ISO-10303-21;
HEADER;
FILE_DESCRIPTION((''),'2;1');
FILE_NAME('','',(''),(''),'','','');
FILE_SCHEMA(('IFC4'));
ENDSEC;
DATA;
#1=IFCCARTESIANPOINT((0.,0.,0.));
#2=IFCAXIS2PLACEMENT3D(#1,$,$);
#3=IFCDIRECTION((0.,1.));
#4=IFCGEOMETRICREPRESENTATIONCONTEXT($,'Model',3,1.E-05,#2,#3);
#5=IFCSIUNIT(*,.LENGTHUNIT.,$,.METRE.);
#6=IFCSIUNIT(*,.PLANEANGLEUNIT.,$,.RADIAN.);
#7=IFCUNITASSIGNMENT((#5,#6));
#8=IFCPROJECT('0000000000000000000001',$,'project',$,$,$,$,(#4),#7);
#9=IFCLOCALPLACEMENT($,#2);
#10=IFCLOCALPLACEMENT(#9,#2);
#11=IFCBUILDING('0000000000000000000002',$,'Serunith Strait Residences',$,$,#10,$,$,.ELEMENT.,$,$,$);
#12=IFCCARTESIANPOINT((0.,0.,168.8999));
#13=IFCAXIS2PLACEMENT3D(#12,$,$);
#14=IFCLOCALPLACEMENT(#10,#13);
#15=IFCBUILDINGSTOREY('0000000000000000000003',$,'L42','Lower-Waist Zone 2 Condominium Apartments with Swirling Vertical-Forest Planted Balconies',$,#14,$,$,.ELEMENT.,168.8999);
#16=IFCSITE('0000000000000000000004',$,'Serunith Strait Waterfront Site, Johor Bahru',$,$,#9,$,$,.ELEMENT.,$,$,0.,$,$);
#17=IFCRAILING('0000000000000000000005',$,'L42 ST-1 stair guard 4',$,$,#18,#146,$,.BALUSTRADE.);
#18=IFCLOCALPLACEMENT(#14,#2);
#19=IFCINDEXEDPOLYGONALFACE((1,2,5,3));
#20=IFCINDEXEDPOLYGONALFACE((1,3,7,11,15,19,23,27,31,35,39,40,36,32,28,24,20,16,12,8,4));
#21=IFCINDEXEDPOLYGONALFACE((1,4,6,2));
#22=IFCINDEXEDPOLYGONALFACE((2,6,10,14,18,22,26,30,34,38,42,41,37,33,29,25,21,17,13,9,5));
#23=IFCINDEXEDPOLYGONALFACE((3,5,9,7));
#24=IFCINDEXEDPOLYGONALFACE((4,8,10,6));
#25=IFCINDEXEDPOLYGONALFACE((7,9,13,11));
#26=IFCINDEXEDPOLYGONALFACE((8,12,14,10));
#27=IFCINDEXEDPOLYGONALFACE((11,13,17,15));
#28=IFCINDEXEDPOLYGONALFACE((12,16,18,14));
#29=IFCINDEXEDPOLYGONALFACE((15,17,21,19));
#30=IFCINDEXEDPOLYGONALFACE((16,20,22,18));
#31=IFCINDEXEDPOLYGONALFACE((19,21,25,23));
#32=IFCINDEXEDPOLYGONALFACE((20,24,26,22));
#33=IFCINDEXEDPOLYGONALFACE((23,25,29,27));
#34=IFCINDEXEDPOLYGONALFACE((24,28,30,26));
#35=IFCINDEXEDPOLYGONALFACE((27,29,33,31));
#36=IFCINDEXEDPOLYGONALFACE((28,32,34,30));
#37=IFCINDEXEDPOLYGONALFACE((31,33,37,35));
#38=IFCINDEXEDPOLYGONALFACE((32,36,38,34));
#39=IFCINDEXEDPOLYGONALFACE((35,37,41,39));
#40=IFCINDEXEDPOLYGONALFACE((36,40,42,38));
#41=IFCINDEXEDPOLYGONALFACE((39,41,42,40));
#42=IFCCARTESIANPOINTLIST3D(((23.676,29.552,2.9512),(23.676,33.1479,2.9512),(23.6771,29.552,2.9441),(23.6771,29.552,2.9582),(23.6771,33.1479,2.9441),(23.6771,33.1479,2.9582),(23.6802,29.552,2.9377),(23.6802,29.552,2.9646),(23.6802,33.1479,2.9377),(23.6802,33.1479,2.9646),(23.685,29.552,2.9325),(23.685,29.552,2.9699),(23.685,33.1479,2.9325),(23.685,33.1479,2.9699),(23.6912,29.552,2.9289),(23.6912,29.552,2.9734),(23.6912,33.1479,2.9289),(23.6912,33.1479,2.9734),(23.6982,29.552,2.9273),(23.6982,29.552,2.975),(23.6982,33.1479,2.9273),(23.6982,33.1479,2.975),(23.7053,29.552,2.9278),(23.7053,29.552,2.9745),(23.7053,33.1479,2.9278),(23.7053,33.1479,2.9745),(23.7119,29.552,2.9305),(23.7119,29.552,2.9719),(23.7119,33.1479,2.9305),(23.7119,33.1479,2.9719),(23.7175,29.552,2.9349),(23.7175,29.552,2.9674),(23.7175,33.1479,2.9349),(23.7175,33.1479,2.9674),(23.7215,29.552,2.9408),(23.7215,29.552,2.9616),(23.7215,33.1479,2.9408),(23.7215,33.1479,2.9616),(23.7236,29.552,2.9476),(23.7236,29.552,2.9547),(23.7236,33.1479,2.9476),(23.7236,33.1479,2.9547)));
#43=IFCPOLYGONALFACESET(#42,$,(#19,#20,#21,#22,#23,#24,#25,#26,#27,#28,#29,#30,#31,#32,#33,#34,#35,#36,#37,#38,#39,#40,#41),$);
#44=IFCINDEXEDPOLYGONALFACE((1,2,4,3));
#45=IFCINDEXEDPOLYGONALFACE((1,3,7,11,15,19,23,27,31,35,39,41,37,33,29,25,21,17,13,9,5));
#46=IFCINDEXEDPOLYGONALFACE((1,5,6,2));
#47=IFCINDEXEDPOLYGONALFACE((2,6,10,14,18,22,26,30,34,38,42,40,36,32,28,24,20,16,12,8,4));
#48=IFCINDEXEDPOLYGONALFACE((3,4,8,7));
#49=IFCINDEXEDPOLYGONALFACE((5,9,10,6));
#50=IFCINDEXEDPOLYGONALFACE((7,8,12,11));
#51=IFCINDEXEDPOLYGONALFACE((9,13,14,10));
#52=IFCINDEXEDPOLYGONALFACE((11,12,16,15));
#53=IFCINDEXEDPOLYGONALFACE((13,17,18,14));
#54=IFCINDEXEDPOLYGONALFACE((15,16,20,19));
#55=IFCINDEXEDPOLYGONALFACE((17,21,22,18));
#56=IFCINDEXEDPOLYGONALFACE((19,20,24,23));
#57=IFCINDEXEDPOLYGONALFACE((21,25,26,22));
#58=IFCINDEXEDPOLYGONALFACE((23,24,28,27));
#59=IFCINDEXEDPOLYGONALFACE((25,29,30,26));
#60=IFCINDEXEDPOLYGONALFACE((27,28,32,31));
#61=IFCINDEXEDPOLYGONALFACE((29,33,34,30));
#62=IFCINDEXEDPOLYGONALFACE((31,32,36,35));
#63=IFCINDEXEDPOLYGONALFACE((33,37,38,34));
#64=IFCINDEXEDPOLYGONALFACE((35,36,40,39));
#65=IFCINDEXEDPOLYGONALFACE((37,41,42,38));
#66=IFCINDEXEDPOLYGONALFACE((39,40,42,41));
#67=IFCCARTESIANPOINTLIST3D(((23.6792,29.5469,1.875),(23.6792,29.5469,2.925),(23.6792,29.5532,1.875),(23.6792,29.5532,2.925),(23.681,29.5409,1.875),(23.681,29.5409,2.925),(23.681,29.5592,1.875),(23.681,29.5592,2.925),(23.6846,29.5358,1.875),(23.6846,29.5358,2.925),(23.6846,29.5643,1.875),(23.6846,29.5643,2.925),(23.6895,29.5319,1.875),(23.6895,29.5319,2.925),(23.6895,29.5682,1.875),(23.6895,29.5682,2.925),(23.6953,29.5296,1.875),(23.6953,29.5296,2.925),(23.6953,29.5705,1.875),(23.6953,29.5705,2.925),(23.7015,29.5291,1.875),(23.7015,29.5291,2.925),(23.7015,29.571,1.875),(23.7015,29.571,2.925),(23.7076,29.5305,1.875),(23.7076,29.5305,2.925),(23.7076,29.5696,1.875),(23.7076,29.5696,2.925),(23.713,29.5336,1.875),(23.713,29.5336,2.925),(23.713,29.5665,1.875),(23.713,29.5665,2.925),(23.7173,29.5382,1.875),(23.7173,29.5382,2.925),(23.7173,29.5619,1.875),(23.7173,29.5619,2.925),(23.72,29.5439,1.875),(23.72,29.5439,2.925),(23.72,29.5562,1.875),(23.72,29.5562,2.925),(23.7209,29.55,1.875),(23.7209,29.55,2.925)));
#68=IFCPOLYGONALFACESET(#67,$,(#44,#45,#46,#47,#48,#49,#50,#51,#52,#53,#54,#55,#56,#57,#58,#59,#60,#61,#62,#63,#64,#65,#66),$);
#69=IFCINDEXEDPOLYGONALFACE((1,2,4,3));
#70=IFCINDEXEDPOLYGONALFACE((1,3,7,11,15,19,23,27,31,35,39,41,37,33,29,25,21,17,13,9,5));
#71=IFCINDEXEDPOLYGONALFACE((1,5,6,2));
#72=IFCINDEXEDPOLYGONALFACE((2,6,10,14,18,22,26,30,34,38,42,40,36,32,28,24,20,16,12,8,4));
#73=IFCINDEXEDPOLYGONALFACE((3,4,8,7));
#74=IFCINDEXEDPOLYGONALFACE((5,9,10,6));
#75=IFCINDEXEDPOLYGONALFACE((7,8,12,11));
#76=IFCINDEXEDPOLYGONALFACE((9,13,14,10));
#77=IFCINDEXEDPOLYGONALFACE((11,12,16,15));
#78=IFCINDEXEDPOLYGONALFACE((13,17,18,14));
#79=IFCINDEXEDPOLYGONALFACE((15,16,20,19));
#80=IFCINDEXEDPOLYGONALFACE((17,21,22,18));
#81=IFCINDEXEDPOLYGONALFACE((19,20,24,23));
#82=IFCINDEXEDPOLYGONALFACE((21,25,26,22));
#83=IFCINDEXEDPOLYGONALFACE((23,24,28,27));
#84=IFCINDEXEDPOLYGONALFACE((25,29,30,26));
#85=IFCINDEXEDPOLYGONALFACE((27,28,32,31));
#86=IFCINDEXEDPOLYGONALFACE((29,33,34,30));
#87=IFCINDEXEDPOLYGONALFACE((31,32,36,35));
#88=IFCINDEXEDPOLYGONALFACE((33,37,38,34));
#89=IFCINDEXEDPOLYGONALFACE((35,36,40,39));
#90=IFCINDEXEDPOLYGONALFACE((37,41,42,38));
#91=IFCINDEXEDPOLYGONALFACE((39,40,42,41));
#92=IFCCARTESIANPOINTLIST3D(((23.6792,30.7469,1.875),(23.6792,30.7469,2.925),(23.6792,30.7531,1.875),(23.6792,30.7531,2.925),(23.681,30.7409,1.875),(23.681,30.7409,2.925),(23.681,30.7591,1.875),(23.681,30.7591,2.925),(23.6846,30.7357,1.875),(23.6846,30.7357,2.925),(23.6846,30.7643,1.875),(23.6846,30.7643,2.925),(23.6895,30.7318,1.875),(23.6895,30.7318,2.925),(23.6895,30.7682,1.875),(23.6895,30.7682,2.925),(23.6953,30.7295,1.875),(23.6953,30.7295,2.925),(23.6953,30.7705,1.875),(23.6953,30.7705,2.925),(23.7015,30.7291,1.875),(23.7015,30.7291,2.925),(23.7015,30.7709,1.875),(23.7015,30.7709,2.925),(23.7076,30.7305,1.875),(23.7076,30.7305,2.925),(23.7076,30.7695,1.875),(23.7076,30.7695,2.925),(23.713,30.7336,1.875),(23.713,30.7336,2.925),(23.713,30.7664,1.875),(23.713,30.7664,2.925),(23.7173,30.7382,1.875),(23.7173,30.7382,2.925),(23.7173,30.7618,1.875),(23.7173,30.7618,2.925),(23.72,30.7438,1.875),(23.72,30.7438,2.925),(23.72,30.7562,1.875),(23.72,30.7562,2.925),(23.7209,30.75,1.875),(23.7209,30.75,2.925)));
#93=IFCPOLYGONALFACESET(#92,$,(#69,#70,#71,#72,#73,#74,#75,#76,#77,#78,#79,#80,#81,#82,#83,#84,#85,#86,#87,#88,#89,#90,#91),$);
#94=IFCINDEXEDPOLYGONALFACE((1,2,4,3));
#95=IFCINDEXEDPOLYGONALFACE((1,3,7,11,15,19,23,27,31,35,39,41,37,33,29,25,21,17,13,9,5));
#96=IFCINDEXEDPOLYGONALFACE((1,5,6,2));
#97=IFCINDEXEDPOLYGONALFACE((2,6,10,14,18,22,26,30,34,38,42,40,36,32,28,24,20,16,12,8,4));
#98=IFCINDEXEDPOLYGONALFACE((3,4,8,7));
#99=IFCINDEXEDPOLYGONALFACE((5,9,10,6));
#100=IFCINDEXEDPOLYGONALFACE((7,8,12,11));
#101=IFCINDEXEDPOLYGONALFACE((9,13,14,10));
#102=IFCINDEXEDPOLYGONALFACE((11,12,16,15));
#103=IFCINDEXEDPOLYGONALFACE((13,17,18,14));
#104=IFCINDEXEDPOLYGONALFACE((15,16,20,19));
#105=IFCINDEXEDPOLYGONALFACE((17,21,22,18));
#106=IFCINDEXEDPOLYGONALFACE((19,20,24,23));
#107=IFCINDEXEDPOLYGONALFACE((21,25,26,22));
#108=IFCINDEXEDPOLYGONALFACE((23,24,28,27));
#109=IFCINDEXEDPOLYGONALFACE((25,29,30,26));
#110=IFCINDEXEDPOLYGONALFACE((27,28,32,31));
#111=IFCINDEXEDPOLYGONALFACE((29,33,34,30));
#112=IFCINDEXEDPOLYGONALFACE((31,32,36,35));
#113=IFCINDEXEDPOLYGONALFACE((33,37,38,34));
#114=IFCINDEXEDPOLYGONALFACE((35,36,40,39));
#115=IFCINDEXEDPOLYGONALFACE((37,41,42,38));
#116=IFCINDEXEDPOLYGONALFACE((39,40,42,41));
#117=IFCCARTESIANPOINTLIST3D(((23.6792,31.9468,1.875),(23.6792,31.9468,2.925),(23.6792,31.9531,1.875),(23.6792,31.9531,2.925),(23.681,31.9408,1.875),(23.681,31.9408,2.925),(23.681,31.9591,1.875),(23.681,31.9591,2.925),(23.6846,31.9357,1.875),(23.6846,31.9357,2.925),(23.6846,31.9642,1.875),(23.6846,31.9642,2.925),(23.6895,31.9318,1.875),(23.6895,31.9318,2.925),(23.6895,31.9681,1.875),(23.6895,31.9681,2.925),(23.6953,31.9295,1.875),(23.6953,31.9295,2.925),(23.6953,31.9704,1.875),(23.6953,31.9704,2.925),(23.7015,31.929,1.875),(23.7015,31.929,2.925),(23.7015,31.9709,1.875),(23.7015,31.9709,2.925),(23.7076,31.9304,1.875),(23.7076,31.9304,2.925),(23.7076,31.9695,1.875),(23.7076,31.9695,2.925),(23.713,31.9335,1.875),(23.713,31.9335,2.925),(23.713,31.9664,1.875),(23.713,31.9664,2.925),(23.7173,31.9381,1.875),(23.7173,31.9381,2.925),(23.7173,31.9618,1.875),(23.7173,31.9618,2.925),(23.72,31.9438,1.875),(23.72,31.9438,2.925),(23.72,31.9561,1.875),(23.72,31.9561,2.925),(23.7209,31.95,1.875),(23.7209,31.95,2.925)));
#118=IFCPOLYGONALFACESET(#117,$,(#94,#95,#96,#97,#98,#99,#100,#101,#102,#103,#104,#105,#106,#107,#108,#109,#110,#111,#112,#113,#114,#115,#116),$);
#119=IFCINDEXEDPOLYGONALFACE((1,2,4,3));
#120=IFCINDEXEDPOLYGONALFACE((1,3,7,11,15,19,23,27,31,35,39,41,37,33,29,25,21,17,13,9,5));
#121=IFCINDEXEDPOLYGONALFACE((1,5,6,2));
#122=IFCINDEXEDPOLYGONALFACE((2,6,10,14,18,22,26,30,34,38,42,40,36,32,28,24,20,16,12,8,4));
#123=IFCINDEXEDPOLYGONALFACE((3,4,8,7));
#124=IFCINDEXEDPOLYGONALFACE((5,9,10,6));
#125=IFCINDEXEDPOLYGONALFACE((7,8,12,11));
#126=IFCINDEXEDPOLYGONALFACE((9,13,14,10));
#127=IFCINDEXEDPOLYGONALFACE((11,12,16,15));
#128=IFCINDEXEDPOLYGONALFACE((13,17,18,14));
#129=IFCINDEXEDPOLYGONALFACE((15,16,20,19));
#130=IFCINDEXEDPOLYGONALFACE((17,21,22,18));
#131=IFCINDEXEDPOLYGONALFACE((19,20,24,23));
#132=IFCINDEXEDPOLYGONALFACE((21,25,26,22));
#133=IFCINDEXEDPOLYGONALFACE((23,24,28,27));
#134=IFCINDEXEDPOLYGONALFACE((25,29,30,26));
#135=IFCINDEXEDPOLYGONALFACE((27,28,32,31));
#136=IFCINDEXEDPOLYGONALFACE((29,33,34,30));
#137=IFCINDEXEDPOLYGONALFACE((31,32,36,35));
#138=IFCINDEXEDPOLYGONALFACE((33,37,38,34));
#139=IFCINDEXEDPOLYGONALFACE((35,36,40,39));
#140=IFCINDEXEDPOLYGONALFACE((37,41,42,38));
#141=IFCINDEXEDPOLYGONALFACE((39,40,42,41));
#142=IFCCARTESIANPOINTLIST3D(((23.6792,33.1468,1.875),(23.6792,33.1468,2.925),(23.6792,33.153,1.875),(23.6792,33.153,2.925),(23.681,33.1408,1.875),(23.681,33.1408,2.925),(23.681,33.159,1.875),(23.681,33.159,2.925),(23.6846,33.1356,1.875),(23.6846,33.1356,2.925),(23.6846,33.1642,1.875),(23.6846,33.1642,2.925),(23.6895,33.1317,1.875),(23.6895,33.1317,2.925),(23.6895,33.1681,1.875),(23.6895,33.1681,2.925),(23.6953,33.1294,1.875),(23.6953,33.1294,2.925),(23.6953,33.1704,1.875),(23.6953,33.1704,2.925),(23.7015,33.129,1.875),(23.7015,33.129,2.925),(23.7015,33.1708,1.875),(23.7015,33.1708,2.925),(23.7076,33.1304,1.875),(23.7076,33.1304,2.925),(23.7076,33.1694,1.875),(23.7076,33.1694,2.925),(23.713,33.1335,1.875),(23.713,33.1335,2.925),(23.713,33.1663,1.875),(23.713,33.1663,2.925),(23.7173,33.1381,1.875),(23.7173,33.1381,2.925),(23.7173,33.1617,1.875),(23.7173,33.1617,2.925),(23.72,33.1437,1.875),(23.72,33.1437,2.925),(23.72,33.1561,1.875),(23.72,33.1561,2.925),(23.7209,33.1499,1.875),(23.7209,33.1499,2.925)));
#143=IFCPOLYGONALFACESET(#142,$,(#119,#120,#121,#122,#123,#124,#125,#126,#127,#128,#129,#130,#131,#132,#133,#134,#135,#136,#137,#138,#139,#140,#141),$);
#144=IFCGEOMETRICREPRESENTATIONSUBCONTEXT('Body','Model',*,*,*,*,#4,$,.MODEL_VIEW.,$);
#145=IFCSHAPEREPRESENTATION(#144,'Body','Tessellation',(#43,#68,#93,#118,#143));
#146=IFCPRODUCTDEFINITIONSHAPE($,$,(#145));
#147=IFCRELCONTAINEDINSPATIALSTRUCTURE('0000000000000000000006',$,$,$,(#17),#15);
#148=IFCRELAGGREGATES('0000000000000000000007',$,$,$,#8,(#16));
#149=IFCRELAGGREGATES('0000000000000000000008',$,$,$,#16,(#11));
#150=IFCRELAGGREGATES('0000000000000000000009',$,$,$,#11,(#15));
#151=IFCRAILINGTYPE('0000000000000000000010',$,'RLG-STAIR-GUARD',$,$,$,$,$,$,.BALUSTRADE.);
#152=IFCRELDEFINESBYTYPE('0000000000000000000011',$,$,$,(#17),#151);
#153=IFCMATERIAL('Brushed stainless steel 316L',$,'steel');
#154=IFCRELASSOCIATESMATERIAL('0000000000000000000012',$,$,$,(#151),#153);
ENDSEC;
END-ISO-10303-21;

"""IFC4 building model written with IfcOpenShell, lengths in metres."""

from ifc_helpers import new_model, si_unit, direction, frame, origin, origin_2d, place, context, subcontext, project, spatial, circle, extrude, material, type_object, element, save


model = new_model("IFC4")

# Units and contexts
model_context = context("Model", 3, precision=1e-05, world=origin(), true_north=direction((0.0, 1.0)))
body_context = subcontext(model_context, "Body", "Model", "MODEL_VIEW")
ifc_project = project(units=[si_unit("LENGTHUNIT", "METRE"), si_unit("PLANEANGLEUNIT", "RADIAN")], contexts=[model_context])

# Site, building, storey
site_placement = place(None, origin())
site = spatial("IfcSite", under=ifc_project, at=site_placement, Name="Serunith Strait Waterfront Site, Johor Bahru", CompositionType="ELEMENT", RefElevation=0.0)
building_placement = place(site_placement, origin())
building = spatial("IfcBuilding", under=site, at=building_placement, Name="Serunith Strait Residences", CompositionType="ELEMENT")
storey_placement = place(building_placement, frame((0.0, 0.0, 168.8999)))
storey = spatial("IfcBuildingStorey", under=building, at=storey_placement, Name="L42", Description="Lower-Waist Zone 2 Condominium Apartments with Swirling Vertical-Forest Planted Balconies", CompositionType="ELEMENT", Elevation=168.8999)

# Railing
ifc_material_1 = material(Name="Brushed stainless steel 316L", Category="steel")
railing_type_1 = type_object("IfcRailingType", Name="RLG-STAIR-GUARD", PredefinedType="BALUSTRADE", material=ifc_material_1)
for number, where, name in (
    (1, (23.7, 29.55, 1.875), "L42 ST-1 stair guard 4"),
):
    element("IfcRailing", number, at=place(storey_placement, frame(where)), inside=storey, type_object=railing_type_1, Name=name, PredefinedType="BALUSTRADE", context=body_context, shape_type="SweptSolid", body=[
        extrude(circle(Radius=0.0239, at=origin_2d()), frame((0.0, 0.002, 1.0762), z_axis=(0.0, 1.0, 0.0), x_axis=(-1.0, 0.0, 0.0)), (0.0, 0.0, 1.0), 3.5959),
        extrude(circle(Radius=0.021, at=origin_2d()), origin(), (0.0, 0.0, 1.0), 1.05),
        extrude(circle(Radius=0.021, at=origin_2d()), frame((0.0, 1.2, 0.0)), (0.0, 0.0, 1.0), 1.05),
        extrude(circle(Radius=0.021, at=origin_2d()), frame((0.0, 2.3999, 0.0)), (0.0, 0.0, 1.0), 1.05),
        extrude(circle(Radius=0.021, at=origin_2d()), frame((0.0, 3.5999, 0.0)), (0.0, 0.0, 1.0), 1.05),
    ])

save(model, "model.ifc")
